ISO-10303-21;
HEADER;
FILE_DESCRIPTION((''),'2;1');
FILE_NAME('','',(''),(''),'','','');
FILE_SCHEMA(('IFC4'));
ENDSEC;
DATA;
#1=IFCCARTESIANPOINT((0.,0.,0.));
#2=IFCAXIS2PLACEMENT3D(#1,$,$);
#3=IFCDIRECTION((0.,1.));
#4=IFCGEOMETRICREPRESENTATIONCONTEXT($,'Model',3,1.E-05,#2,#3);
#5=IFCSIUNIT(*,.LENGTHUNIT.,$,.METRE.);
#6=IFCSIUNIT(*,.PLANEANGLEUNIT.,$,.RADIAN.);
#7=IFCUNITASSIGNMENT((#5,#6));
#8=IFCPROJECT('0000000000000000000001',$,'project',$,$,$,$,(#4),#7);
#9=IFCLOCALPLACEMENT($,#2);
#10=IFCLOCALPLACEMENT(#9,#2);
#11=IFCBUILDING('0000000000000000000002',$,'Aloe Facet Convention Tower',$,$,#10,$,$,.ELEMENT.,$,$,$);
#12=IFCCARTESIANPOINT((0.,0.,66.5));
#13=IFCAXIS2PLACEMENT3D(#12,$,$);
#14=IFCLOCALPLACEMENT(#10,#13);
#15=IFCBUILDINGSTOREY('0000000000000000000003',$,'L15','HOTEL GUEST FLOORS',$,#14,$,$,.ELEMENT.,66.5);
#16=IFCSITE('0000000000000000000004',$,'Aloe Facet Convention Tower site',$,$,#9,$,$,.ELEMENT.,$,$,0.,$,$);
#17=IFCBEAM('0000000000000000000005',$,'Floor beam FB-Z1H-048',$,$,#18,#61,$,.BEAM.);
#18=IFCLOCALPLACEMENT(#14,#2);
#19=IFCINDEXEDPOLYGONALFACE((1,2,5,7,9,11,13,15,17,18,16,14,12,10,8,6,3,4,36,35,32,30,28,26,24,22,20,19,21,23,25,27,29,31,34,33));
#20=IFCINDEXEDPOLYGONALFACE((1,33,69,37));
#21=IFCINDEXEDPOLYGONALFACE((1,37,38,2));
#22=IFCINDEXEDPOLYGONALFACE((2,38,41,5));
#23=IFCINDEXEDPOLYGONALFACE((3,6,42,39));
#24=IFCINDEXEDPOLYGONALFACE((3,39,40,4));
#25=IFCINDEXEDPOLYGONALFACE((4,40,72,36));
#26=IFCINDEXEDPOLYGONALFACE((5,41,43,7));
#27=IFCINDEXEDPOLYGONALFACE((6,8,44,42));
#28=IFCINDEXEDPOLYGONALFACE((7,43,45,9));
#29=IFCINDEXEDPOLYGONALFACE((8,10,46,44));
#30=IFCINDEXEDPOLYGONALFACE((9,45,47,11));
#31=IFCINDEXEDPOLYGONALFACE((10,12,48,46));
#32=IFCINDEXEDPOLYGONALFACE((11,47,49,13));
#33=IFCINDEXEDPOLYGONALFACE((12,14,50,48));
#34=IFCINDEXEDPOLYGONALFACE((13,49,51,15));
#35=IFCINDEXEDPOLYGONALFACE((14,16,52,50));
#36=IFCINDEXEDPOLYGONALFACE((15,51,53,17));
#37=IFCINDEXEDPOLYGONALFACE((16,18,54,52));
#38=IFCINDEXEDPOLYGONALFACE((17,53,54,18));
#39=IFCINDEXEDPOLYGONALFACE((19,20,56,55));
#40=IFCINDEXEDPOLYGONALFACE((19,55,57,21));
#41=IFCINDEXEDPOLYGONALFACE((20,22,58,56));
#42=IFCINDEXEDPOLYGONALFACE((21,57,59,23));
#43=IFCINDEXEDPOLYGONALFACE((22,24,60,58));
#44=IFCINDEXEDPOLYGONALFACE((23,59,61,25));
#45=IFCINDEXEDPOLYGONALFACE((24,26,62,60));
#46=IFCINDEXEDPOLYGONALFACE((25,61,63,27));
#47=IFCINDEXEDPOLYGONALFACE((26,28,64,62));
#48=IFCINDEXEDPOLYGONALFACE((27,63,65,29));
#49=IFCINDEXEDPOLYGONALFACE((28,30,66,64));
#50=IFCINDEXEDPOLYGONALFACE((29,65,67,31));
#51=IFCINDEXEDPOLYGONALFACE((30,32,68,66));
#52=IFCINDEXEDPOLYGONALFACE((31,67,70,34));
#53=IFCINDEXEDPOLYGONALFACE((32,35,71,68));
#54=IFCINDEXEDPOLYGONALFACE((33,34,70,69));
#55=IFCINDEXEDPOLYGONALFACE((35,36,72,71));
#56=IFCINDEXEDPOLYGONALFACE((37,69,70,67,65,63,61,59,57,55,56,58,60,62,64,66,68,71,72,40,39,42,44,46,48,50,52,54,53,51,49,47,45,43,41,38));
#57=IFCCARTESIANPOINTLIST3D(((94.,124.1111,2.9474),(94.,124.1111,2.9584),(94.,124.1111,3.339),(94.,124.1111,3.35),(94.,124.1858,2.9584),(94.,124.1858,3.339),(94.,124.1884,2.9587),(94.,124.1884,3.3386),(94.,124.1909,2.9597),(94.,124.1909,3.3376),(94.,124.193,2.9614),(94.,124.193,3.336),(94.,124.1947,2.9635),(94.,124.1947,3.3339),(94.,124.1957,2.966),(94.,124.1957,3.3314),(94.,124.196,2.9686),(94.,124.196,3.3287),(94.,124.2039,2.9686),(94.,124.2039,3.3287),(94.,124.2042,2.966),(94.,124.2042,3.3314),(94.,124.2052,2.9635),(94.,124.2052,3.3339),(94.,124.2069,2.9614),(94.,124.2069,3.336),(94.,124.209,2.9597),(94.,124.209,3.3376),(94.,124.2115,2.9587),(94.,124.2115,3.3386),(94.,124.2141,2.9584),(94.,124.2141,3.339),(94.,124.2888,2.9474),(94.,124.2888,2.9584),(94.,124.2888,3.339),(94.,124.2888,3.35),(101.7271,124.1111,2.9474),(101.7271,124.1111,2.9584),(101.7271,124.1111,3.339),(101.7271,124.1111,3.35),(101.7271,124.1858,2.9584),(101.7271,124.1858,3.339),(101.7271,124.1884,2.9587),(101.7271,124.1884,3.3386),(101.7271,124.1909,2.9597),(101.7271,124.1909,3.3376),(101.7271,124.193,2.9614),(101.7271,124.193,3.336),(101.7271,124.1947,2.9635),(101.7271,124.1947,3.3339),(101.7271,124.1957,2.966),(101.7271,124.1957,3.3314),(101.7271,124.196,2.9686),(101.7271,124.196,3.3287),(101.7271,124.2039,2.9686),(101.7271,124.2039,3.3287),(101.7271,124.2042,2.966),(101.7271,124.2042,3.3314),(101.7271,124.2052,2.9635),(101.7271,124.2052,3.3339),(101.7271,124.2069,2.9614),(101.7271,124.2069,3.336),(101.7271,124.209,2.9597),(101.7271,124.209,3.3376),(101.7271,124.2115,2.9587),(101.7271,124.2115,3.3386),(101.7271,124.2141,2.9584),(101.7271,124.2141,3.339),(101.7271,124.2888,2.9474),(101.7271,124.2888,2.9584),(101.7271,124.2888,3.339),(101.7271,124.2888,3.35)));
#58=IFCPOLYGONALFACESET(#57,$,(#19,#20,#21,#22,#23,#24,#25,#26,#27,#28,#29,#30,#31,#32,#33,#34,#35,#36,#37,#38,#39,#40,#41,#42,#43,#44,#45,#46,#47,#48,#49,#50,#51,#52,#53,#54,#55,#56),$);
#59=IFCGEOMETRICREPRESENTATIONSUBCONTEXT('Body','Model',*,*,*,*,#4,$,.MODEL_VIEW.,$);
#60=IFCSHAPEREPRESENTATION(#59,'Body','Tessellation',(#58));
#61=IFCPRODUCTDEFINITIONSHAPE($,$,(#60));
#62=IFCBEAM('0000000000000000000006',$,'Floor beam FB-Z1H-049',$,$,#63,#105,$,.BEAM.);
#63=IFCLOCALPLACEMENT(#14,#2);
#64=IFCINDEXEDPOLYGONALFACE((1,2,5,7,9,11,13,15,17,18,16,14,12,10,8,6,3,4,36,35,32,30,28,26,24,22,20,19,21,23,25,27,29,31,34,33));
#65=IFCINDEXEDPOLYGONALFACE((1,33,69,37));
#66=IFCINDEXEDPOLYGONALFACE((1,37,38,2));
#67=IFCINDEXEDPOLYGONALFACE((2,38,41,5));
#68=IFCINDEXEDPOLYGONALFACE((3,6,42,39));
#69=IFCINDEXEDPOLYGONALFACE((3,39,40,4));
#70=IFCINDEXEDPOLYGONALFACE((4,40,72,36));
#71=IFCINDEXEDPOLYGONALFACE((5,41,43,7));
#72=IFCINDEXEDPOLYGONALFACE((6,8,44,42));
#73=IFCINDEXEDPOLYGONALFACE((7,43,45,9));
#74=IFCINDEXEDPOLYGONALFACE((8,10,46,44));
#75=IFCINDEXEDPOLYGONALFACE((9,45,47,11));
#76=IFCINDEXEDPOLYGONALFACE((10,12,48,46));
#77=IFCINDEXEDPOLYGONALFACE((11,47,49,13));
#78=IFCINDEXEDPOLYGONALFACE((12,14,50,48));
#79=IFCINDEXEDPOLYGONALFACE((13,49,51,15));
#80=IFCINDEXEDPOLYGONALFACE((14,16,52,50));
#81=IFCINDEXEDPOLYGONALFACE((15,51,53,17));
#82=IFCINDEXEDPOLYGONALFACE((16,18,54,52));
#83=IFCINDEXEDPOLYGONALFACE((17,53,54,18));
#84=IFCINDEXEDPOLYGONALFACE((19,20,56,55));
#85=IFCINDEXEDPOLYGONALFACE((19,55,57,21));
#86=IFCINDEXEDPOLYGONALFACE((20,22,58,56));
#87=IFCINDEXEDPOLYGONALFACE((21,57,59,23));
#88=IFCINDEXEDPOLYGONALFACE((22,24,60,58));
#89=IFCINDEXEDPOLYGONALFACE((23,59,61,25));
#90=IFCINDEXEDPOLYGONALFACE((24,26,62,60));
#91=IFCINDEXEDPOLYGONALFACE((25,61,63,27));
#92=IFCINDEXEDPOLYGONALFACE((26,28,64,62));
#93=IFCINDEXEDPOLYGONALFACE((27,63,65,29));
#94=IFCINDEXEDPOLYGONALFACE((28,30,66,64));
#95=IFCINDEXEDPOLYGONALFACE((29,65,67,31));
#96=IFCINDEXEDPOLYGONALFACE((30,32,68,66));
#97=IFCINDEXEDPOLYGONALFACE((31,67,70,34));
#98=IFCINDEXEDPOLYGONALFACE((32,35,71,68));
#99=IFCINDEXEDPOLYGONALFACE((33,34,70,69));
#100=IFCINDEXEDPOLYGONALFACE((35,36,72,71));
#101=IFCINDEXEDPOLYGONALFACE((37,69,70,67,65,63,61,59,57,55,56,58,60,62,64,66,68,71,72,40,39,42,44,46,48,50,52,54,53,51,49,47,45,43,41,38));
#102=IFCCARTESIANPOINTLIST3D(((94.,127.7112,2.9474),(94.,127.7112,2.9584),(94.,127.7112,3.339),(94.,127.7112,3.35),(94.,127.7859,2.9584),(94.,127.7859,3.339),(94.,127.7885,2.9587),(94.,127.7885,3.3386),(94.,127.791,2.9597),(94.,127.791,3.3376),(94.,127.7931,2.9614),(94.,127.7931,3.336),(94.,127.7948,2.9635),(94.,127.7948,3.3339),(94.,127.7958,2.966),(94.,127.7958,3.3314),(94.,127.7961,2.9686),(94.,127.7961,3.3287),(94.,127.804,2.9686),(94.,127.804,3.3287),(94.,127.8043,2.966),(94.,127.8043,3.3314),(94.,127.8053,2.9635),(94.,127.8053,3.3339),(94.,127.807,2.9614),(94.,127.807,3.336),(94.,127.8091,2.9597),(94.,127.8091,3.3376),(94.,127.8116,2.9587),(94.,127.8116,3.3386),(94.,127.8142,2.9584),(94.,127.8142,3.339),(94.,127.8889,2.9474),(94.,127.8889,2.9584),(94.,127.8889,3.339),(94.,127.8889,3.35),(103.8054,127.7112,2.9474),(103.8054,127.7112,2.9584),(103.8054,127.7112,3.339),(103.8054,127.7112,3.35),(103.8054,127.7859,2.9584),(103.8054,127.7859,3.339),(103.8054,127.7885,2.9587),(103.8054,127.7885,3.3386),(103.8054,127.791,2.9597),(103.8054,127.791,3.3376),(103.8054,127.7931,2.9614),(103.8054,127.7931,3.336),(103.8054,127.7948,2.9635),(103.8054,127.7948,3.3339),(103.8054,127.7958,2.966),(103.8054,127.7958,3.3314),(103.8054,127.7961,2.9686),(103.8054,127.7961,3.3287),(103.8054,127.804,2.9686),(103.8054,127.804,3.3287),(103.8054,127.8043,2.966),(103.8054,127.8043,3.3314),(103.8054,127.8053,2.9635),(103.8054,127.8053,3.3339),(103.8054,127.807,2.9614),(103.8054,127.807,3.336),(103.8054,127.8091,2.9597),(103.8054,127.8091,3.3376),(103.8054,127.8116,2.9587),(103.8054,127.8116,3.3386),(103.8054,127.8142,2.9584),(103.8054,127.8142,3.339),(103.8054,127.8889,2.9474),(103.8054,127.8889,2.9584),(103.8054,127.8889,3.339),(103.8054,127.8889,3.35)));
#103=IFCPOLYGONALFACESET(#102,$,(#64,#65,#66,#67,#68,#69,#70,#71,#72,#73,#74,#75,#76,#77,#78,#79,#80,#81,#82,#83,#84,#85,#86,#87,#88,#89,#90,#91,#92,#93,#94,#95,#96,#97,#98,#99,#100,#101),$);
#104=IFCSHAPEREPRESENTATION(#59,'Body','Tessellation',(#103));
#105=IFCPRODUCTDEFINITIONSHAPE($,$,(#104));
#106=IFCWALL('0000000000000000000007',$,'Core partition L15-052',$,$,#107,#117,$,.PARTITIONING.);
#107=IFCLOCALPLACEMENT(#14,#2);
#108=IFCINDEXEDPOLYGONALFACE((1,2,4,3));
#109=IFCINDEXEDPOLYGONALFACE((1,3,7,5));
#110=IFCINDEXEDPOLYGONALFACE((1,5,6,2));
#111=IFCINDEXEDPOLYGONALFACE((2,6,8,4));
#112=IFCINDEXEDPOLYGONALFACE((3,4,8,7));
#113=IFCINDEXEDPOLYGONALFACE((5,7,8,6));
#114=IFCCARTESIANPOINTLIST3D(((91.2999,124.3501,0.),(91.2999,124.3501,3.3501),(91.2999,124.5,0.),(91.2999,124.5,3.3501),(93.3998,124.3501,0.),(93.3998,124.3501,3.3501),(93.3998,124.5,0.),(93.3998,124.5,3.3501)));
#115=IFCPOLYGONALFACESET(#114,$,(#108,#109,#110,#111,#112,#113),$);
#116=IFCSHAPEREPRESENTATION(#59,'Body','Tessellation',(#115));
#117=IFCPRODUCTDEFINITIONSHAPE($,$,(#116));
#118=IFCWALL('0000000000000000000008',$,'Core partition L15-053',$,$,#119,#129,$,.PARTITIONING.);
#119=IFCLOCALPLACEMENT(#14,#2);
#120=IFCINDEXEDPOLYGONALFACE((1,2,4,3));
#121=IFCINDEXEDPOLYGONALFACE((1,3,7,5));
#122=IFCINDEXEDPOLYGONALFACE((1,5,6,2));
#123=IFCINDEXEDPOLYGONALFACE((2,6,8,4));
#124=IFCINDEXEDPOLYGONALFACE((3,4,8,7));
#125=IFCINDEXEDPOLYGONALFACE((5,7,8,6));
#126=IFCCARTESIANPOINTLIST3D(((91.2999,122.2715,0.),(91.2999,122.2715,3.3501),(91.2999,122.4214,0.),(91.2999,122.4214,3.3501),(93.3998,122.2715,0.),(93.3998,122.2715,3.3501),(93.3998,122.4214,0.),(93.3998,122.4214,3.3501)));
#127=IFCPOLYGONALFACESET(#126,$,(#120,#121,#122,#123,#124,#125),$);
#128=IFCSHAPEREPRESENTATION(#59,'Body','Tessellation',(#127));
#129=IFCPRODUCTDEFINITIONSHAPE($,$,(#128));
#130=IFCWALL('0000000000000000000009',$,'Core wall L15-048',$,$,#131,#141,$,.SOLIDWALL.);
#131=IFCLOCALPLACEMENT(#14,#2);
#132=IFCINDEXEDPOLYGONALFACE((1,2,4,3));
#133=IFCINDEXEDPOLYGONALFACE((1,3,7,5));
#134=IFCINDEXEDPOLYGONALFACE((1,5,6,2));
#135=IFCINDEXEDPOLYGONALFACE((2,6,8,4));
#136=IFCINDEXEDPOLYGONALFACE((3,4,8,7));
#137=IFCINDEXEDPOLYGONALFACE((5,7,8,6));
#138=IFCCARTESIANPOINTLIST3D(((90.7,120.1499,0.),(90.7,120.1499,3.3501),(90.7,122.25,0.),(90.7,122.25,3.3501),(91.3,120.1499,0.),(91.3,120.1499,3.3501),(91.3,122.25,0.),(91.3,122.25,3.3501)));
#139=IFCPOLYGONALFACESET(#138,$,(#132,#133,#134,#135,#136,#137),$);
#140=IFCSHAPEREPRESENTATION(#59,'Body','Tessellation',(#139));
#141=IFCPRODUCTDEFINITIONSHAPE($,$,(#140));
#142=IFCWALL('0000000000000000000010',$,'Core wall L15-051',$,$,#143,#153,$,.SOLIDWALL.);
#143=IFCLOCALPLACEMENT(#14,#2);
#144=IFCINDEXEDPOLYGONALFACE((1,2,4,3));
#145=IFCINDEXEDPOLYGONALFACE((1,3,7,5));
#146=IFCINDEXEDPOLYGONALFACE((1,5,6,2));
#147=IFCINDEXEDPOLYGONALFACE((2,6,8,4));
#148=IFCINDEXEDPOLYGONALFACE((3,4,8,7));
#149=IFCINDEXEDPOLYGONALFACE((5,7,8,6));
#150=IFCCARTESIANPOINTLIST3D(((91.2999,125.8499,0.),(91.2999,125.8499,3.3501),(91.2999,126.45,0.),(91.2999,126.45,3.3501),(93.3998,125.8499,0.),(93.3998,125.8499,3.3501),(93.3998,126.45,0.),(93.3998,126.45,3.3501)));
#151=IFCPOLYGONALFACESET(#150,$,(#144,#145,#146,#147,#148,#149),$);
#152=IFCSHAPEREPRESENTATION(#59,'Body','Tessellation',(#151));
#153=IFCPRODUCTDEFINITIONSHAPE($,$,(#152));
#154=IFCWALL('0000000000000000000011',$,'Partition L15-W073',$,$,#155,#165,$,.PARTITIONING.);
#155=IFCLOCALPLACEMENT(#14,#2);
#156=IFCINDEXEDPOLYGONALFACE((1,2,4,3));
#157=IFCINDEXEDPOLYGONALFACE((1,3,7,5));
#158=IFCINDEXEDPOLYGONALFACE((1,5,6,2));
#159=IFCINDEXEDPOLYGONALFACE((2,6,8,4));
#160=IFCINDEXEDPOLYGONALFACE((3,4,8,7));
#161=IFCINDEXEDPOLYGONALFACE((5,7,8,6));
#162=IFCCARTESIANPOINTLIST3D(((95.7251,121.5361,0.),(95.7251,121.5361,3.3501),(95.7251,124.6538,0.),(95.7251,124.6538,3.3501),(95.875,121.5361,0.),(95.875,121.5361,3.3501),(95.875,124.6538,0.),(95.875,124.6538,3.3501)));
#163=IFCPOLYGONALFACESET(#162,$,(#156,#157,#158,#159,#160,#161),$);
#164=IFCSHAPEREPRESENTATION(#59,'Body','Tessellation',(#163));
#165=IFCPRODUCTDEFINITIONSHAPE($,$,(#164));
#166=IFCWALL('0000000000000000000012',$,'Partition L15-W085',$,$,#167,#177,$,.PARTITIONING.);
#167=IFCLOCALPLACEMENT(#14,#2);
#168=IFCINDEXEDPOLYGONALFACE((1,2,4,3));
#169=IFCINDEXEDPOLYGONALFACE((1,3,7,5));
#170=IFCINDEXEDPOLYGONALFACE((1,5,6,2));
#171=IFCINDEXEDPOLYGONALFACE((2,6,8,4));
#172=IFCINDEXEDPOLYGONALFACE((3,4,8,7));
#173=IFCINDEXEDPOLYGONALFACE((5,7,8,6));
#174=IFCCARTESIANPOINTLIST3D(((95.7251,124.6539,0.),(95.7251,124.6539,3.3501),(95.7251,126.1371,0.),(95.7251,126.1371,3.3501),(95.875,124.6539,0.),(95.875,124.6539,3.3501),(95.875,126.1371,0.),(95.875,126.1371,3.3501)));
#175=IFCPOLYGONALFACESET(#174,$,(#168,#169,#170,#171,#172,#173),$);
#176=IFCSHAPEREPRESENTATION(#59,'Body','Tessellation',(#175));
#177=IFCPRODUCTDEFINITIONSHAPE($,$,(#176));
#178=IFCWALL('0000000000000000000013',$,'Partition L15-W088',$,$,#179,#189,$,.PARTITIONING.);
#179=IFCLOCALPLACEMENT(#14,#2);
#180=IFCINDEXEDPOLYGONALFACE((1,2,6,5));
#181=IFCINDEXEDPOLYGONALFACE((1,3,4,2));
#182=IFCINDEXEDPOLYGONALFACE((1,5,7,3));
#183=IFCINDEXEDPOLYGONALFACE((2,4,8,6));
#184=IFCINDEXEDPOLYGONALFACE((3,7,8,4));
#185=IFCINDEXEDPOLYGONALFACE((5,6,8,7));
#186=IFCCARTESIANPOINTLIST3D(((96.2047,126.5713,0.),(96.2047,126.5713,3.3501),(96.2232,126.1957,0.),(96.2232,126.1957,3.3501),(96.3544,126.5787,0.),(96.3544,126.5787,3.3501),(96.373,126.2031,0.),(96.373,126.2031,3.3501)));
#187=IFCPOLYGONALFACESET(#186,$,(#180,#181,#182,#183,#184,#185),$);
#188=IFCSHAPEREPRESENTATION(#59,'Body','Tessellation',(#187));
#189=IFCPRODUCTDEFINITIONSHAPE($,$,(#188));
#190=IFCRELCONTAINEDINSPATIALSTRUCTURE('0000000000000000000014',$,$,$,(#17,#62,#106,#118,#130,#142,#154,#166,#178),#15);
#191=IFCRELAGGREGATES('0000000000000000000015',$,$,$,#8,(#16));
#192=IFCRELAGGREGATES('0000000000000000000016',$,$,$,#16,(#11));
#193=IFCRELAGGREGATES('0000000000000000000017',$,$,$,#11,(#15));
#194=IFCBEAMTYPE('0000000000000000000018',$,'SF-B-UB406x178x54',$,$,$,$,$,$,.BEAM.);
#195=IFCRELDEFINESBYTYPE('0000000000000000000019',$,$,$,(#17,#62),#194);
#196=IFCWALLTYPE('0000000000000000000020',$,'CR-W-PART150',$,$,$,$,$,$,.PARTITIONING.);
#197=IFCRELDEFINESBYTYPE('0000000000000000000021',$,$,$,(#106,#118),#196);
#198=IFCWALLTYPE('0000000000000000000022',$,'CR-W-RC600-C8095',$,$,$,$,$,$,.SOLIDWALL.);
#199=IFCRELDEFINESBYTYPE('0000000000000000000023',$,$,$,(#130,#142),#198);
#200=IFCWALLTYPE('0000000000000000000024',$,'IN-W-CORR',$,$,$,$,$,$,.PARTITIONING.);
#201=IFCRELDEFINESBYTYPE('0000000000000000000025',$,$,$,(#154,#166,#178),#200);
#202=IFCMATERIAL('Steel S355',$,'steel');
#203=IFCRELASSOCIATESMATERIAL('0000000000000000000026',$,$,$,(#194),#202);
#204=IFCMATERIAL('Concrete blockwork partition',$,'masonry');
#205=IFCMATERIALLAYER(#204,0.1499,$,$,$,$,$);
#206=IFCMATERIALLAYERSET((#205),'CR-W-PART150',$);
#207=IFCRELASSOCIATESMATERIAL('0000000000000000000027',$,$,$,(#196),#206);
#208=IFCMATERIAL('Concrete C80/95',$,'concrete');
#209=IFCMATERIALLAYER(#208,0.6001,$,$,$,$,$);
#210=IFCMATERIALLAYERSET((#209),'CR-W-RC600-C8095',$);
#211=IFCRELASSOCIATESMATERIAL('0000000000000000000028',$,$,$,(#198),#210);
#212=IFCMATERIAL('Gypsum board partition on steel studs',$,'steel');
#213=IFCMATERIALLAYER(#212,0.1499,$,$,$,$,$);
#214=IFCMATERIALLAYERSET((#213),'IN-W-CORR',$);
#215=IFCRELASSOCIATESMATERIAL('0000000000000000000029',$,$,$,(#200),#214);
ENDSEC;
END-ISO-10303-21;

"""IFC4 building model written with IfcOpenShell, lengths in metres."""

from ifc_helpers import new_model, si_unit, direction, frame, frame_2d, origin, origin_2d, place, context, subcontext, project, spatial, rectangle, i_section, extrude, material, layer, layer_set, material_profile, profile_set, type_object, element, save


model = new_model("IFC4")

# Units and contexts
model_context = context("Model", 3, precision=1e-05, world=origin(), true_north=direction((0.0, 1.0)))
body_context = subcontext(model_context, "Body", "Model", "MODEL_VIEW")
ifc_project = project(units=[si_unit("LENGTHUNIT", "METRE"), si_unit("PLANEANGLEUNIT", "RADIAN")], contexts=[model_context])

# Site, building, storey
site_placement = place(None, origin())
site = spatial("IfcSite", under=ifc_project, at=site_placement, Name="Aloe Facet Convention Tower site", CompositionType="ELEMENT", RefElevation=0.0)
building_placement = place(site_placement, origin())
building = spatial("IfcBuilding", under=site, at=building_placement, Name="Aloe Facet Convention Tower", CompositionType="ELEMENT")
storey_placement = place(building_placement, frame((0.0, 0.0, 66.5)))
storey = spatial("IfcBuildingStorey", under=building, at=storey_placement, Name="L15", Description="HOTEL GUEST FLOORS", CompositionType="ELEMENT", Elevation=66.5)

# Beams
ifc_material_1 = material(Name="Steel S355", Category="steel")
ifc_material_profile = material_profile(ifc_material_1, i_section(OverallWidth=0.1777, OverallDepth=0.4026, WebThickness=0.0078, FlangeThickness=0.011, FilletRadius=0.0103, at=origin_2d()), Name="UB 406x178x54")
ifc_profile_set = profile_set([ifc_material_profile], Name="Steel S355")
beam_type = type_object("IfcBeamType", Name="SF-B-UB406x178x54", PredefinedType="BEAM", material=ifc_profile_set)
beam_1_placement = place(storey_placement, frame((94.0, 124.2, 3.1487), z_axis=(1.0, 0.0, 0.0), x_axis=(0.0, 1.0, 0.0)))
element("IfcBeam", 1, at=beam_1_placement, inside=storey, type_object=beam_type, Name="Floor beam FB-Z1H-048", PredefinedType="BEAM", context=body_context, shape_type="SweptSolid", body=[
    extrude(i_section(OverallWidth=0.1777, OverallDepth=0.4026, WebThickness=0.0078, FlangeThickness=0.011, FilletRadius=0.0103, at=origin_2d()), origin(), (0.0, 0.0, 1.0), 7.7271),
])
beam_2_placement = place(storey_placement, frame((94.0, 127.8, 3.1487), z_axis=(1.0, 0.0, 0.0), x_axis=(0.0, 1.0, 0.0)))
element("IfcBeam", 2, at=beam_2_placement, inside=storey, type_object=beam_type, Name="Floor beam FB-Z1H-049", PredefinedType="BEAM", context=body_context, shape_type="SweptSolid", body=[
    extrude(i_section(OverallWidth=0.1777, OverallDepth=0.4026, WebThickness=0.0078, FlangeThickness=0.011, FilletRadius=0.0103, at=origin_2d()), origin(), (0.0, 0.0, 1.0), 9.8054),
])

# Walls
ifc_material_2 = material(Name="Concrete blockwork partition", Category="masonry")
ifc_layer_1 = layer(ifc_material_2, 0.1499)
ifc_layer_set_1 = layer_set([ifc_layer_1], Name="CR-W-PART150")
wall_type_1 = type_object("IfcWallType", Name="CR-W-PART150", PredefinedType="PARTITIONING", material=ifc_layer_set_1)
for number, where, z_axis, x_axis, name in (
    (3, (91.3, 124.425, 0.0), (0.0, 0.0, 1.0), (1.0, 0.0, 0.0), "Core partition L15-052"),
    (4, (91.3, 122.3464, 0.0), (0.0, 0.0, 1.0), (1.0, 0.0, 0.0), "Core partition L15-053"),
):
    element("IfcWall", number, at=place(storey_placement, frame(where, z_axis=z_axis, x_axis=x_axis)), inside=storey, type_object=wall_type_1, Name=name, PredefinedType="PARTITIONING", context=body_context, shape_type="SweptSolid", body=[
        extrude(rectangle(XDim=2.0999, YDim=0.1499, at=frame_2d((1.0498, 0.0))), origin(), (0.0, 0.0, 1.0), 3.3501),
    ])
ifc_material_3 = material(Name="Concrete C80/95", Category="concrete")
ifc_layer_2 = layer(ifc_material_3, 0.6001)
ifc_layer_set_2 = layer_set([ifc_layer_2], Name="CR-W-RC600-C8095")
wall_type_2 = type_object("IfcWallType", Name="CR-W-RC600-C8095", PredefinedType="SOLIDWALL", material=ifc_layer_set_2)
wall_1_placement = place(storey_placement, frame((91.0, 122.25, 0.0), z_axis=(0.0, 0.0, 1.0), x_axis=(0.0, -1.0, 0.0)))
element("IfcWall", 5, at=wall_1_placement, inside=storey, type_object=wall_type_2, Name="Core wall L15-048", PredefinedType="SOLIDWALL", context=body_context, shape_type="SweptSolid", body=[
    extrude(rectangle(XDim=2.1001, YDim=0.6001, at=frame_2d((1.05, 0.0))), origin(), (0.0, 0.0, 1.0), 3.3501),
])
wall_2_placement = place(storey_placement, frame((91.3, 126.1499, 0.0), z_axis=(0.0, 0.0, 1.0), x_axis=(1.0, 0.0, 0.0)))
element("IfcWall", 6, at=wall_2_placement, inside=storey, type_object=wall_type_2, Name="Core wall L15-051", PredefinedType="SOLIDWALL", context=body_context, shape_type="SweptSolid", body=[
    extrude(rectangle(XDim=2.0999, YDim=0.6001, at=frame_2d((1.0498, 0.0))), origin(), (0.0, 0.0, 1.0), 3.3501),
])
ifc_material_4 = material(Name="Gypsum board partition on steel studs", Category="steel")
ifc_layer_3 = layer(ifc_material_4, 0.1499)
ifc_layer_set_3 = layer_set([ifc_layer_3], Name="IN-W-CORR")
wall_type_3 = type_object("IfcWallType", Name="IN-W-CORR", PredefinedType="PARTITIONING", material=ifc_layer_set_3)
wall_3_placement = place(storey_placement, frame((95.8, 121.5361, 0.0), z_axis=(0.0, 0.0, 1.0), x_axis=(0.0, 1.0, 0.0)))
element("IfcWall", 7, at=wall_3_placement, inside=storey, type_object=wall_type_3, Name="Partition L15-W073", PredefinedType="PARTITIONING", context=body_context, shape_type="SweptSolid", body=[
    extrude(rectangle(XDim=3.1177, YDim=0.1499, at=frame_2d((1.5588, 0.0))), origin(), (0.0, 0.0, 1.0), 3.3501),
])
wall_4_placement = place(storey_placement, frame((95.8, 124.6538, 0.0), z_axis=(0.0, 0.0, 1.0), x_axis=(0.0, 1.0, 0.0)))
element("IfcWall", 8, at=wall_4_placement, inside=storey, type_object=wall_type_3, Name="Partition L15-W085", PredefinedType="PARTITIONING", context=body_context, shape_type="SweptSolid", body=[
    extrude(rectangle(XDim=1.4832, YDim=0.1499, at=frame_2d((0.7417, 0.0))), origin(), (0.0, 0.0, 1.0), 3.3501),
])
wall_5_placement = place(storey_placement, frame((96.2795, 126.575, 0.0), z_axis=(0.0, 0.0, 1.0), x_axis=(0.049355, -0.998781, 0.0)))
element("IfcWall", 9, at=wall_5_placement, inside=storey, type_object=wall_type_3, Name="Partition L15-W088", PredefinedType="PARTITIONING", context=body_context, shape_type="SweptSolid", body=[
    extrude(rectangle(XDim=0.376, YDim=0.1499, at=frame_2d((0.188, 0.0))), origin(), (0.0, 0.0, 1.0), 3.3501),
])

save(model, "model.ifc")
